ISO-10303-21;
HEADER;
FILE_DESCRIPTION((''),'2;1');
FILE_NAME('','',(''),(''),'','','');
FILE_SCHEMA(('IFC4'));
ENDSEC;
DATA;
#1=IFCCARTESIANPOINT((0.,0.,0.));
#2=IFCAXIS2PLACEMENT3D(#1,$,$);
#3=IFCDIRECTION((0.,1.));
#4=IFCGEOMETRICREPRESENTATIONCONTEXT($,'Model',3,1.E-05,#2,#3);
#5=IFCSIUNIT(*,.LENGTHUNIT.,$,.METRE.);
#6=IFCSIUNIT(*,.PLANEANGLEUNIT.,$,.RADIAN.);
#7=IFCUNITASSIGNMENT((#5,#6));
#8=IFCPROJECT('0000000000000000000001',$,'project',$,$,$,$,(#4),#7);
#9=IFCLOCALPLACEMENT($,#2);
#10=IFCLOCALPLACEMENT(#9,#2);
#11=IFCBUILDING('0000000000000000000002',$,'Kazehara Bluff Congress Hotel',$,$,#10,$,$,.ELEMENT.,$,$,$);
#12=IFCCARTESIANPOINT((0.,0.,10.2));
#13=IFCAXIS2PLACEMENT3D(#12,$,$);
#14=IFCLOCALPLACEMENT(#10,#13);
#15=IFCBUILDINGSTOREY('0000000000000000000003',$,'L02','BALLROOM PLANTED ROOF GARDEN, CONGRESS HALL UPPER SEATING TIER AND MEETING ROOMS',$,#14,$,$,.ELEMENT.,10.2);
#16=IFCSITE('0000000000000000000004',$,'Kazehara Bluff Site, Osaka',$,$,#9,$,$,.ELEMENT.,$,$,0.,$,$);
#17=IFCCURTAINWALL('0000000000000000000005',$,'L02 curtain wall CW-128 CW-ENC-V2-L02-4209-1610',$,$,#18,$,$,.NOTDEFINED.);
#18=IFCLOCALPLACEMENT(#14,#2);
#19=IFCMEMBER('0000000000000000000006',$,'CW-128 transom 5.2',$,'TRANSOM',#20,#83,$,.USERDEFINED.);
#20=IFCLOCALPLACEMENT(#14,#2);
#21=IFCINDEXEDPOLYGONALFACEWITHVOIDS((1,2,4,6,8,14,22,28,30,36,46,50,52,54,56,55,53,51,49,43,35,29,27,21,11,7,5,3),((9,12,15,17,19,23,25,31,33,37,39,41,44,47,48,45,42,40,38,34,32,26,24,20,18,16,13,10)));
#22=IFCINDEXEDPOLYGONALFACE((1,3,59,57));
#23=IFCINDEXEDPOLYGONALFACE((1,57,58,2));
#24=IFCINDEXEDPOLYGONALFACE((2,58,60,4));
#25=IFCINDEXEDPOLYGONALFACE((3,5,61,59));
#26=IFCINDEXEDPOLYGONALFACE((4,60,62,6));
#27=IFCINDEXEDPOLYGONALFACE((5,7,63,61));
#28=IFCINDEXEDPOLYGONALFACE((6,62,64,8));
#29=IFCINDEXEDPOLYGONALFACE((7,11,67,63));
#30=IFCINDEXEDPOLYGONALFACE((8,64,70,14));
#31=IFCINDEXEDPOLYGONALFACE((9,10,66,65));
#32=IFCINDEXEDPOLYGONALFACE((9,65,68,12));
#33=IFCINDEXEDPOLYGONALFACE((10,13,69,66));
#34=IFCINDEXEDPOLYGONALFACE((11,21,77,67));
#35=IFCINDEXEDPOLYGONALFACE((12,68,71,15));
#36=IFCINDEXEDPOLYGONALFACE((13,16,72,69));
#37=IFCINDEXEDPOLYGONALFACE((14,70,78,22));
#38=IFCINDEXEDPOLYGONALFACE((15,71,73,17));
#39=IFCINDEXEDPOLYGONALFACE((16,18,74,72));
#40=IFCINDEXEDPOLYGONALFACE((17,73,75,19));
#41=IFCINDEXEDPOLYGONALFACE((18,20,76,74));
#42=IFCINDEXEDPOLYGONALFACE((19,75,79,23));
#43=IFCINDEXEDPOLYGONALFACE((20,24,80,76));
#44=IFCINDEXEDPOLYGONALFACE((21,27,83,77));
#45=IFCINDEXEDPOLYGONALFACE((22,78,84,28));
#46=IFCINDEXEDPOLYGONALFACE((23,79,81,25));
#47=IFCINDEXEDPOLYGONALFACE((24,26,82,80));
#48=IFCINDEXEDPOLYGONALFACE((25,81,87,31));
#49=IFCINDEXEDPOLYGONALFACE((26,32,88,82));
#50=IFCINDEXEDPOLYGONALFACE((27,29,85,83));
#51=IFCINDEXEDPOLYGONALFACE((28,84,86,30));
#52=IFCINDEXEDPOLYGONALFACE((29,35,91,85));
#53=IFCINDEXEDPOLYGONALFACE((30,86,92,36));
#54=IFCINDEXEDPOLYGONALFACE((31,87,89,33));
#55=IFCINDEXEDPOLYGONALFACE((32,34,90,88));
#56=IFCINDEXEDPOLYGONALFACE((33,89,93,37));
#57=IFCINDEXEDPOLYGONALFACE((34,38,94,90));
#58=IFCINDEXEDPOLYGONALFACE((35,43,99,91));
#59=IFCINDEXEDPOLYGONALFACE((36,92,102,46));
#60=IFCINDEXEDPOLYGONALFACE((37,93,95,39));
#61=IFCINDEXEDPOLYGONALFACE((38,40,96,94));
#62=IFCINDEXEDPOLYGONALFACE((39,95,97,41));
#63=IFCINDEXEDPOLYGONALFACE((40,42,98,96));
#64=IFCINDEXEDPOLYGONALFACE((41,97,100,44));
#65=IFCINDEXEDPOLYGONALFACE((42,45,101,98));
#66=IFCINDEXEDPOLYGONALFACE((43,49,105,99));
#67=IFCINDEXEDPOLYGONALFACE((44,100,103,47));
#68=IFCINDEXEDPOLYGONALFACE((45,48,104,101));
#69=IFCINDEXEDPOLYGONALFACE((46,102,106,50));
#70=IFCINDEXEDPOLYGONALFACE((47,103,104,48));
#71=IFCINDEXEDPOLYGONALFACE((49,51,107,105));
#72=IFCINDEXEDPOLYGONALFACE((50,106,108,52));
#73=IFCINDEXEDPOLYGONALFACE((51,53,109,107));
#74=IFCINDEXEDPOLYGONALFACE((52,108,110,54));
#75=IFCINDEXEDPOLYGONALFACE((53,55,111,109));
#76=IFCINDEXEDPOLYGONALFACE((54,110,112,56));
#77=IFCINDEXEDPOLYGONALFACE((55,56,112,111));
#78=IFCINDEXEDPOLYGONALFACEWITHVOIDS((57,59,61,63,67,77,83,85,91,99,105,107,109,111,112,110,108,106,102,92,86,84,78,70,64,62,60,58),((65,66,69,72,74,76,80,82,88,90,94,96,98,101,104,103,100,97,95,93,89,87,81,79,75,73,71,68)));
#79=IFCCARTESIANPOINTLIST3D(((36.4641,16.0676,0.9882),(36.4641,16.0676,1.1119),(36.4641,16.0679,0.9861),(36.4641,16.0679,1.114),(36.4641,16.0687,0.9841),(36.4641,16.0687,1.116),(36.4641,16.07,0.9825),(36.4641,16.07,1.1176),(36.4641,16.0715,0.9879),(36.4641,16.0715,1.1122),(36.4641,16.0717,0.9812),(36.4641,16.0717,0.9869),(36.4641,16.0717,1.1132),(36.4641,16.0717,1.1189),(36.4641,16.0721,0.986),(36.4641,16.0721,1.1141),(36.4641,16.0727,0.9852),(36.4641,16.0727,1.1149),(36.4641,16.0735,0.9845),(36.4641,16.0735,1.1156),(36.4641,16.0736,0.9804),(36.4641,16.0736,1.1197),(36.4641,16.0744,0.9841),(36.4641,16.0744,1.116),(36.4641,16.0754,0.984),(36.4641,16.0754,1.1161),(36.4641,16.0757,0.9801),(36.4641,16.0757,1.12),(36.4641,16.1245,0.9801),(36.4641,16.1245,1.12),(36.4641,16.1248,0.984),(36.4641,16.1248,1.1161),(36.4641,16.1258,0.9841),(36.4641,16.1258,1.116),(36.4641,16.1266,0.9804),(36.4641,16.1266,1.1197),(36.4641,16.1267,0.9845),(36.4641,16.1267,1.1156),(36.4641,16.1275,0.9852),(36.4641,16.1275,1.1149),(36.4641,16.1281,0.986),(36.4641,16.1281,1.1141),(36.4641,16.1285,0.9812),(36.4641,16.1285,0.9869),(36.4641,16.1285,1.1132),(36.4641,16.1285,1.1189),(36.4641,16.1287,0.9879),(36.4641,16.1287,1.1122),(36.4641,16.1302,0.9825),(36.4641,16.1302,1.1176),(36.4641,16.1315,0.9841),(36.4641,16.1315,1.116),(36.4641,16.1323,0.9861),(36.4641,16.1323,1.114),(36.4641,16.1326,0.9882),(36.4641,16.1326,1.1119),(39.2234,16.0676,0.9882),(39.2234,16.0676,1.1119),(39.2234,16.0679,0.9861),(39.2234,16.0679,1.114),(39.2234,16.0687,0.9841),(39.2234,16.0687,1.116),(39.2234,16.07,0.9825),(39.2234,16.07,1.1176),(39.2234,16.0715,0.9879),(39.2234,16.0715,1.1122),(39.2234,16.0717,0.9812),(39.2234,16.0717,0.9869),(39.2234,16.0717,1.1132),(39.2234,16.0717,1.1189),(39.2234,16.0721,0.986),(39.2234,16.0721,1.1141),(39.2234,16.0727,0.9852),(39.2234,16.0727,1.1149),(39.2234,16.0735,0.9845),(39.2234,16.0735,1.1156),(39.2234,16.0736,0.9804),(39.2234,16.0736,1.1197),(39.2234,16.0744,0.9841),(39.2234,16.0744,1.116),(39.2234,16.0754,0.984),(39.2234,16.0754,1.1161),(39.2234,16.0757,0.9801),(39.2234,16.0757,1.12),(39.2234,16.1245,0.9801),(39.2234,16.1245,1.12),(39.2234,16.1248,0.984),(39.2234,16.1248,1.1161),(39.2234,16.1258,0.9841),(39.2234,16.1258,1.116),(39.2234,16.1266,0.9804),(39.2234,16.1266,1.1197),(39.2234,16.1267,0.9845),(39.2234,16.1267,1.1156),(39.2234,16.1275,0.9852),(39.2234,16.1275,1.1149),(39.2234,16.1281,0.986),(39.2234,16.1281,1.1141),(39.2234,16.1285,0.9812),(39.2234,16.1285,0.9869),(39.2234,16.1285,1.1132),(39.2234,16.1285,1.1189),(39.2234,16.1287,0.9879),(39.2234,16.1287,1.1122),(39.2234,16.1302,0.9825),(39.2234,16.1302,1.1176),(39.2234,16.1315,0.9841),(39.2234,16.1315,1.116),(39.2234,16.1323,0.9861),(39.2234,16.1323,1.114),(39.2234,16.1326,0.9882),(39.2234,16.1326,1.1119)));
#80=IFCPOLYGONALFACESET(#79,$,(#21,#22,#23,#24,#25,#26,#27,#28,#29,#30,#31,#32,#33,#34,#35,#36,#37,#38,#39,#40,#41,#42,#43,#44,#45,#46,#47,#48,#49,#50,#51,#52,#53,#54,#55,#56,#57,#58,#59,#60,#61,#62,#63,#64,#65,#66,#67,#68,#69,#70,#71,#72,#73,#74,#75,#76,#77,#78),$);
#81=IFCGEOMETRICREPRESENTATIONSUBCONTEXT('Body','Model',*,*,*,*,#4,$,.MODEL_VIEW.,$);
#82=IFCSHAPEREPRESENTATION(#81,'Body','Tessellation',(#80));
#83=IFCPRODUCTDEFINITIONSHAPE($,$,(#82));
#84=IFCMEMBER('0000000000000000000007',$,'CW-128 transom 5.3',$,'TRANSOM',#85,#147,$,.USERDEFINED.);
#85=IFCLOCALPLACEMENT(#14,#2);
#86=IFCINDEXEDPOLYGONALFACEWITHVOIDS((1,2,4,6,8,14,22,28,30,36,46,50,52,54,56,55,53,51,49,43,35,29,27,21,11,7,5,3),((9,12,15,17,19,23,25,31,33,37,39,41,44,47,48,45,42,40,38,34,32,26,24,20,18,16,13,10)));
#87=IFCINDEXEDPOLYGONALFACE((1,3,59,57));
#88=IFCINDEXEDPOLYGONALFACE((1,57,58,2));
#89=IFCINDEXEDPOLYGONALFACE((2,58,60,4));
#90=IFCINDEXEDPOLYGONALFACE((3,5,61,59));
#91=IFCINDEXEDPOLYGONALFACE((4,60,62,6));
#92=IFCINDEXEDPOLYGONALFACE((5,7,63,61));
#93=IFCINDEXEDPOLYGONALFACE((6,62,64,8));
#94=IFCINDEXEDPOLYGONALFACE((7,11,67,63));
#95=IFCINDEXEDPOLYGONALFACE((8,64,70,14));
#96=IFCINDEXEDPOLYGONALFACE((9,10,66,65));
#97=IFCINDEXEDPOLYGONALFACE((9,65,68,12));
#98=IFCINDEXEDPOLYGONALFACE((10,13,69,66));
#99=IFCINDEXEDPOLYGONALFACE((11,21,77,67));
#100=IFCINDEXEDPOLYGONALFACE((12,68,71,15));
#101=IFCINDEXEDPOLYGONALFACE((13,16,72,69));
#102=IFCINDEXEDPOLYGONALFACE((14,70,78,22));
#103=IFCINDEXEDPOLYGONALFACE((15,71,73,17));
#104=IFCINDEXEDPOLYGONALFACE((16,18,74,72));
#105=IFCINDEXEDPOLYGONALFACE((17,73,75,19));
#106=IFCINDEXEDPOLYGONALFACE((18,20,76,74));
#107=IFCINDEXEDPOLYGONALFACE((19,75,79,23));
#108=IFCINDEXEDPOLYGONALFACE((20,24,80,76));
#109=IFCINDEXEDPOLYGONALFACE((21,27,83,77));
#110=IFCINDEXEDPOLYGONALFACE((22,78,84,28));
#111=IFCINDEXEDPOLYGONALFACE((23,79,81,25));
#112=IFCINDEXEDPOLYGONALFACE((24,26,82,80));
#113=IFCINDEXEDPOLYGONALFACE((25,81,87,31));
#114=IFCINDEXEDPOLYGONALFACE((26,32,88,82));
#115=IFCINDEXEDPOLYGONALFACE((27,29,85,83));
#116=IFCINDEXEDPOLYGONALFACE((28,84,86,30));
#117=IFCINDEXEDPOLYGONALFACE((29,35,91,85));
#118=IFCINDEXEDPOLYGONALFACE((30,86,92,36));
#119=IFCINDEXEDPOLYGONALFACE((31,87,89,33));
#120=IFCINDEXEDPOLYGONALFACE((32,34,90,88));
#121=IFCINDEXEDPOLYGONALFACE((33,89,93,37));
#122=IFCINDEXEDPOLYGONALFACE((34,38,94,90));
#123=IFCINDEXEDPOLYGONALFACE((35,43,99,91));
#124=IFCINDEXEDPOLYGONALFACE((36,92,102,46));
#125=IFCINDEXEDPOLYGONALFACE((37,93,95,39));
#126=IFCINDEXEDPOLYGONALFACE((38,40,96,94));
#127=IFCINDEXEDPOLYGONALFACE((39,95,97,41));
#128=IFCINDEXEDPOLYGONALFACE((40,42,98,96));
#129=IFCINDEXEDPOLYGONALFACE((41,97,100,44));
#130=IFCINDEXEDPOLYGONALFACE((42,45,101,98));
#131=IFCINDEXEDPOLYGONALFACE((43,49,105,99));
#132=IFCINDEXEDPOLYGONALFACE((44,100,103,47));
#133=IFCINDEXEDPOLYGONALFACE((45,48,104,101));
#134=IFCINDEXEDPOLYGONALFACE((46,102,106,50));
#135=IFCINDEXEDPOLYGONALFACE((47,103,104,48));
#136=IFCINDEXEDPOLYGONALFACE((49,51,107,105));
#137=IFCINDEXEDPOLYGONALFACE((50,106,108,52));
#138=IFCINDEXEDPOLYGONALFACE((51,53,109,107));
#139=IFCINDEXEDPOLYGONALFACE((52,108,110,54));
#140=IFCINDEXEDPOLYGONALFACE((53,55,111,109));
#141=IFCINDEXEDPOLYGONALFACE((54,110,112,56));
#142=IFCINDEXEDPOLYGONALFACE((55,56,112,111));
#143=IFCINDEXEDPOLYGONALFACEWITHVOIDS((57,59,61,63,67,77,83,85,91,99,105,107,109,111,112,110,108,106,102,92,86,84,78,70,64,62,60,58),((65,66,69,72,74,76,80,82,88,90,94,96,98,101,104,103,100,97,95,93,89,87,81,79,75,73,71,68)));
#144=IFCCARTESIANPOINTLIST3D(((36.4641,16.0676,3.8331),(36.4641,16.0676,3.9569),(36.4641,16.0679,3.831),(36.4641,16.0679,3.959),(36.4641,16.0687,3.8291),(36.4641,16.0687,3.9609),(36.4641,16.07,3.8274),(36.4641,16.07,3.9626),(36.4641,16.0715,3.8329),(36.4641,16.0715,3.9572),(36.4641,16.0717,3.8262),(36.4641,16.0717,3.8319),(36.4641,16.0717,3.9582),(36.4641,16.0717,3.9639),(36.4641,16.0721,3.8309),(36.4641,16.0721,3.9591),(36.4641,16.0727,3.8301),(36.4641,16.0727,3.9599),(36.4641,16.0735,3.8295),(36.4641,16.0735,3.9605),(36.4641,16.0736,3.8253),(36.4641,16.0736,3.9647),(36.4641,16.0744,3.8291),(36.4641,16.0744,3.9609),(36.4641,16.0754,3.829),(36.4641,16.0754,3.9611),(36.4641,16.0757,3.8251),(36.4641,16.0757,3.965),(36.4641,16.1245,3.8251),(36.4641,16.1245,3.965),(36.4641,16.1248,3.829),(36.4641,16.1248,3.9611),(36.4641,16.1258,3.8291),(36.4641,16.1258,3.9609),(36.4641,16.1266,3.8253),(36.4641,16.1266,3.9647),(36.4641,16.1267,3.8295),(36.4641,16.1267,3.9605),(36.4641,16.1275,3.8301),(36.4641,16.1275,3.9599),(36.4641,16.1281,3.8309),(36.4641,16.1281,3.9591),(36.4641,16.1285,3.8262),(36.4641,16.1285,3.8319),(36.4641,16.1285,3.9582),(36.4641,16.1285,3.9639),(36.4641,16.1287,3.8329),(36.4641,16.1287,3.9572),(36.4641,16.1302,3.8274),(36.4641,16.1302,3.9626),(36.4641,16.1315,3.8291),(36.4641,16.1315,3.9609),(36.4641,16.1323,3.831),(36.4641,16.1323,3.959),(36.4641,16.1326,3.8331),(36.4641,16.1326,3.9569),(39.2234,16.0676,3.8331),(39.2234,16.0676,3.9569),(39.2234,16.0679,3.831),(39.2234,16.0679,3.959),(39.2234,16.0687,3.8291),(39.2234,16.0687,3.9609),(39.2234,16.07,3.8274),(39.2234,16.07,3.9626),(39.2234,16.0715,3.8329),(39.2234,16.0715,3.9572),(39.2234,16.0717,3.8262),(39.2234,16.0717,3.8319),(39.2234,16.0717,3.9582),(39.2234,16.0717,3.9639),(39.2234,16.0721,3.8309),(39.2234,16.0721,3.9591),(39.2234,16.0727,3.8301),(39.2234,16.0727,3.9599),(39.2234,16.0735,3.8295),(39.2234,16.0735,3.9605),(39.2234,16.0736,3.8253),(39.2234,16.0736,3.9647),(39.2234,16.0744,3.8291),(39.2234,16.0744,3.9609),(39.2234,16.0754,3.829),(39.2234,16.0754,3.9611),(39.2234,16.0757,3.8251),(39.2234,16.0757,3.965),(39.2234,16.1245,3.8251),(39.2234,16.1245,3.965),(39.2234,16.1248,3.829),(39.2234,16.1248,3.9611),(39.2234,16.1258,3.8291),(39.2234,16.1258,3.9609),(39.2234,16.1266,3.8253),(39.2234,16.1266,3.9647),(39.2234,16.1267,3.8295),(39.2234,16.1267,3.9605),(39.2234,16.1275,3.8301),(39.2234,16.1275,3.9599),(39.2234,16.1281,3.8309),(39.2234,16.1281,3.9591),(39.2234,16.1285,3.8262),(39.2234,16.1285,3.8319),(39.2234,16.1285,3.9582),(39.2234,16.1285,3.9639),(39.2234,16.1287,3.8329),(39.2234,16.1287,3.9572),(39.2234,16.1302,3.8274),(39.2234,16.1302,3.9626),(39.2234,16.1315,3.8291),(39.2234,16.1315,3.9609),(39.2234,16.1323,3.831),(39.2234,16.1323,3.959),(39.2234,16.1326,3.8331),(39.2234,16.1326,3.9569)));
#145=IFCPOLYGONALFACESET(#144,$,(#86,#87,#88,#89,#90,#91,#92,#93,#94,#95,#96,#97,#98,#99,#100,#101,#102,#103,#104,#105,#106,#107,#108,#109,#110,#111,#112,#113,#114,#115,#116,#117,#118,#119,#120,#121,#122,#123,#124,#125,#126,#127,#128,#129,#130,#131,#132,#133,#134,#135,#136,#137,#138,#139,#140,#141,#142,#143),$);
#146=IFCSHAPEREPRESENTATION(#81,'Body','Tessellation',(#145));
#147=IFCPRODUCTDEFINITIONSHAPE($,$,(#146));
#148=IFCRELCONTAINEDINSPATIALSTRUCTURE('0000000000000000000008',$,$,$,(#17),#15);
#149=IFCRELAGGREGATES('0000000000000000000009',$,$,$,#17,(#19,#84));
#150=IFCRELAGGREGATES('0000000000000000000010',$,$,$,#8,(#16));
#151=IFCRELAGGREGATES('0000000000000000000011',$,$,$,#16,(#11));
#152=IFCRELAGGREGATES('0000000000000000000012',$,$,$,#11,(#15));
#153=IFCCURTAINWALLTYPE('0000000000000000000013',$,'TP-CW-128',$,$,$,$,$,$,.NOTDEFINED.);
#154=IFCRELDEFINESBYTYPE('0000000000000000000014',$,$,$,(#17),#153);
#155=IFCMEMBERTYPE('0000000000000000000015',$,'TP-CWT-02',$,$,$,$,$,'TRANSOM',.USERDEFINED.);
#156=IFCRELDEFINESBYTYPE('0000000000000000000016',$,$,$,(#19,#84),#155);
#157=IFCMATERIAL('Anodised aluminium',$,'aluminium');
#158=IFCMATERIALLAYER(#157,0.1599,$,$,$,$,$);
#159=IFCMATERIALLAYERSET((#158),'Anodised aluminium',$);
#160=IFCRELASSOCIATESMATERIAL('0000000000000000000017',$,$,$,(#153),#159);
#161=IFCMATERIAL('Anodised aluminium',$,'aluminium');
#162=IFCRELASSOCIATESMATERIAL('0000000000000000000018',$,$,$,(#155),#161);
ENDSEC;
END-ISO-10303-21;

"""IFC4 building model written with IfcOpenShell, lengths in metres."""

from ifc_helpers import new_model, si_unit, direction, frame, origin, origin_2d, place, context, subcontext, project, spatial, hollow_rectangle, extrude, material, layer, layer_set, material_profile, profile_set, type_object, element, aggregate, save


model = new_model("IFC4")

# Units and contexts
model_context = context("Model", 3, precision=1e-05, world=origin(), true_north=direction((0.0, 1.0)))
body_context = subcontext(model_context, "Body", "Model", "MODEL_VIEW")
ifc_project = project(units=[si_unit("LENGTHUNIT", "METRE"), si_unit("PLANEANGLEUNIT", "RADIAN")], contexts=[model_context])

# Site, building, storey
site_placement = place(None, origin())
site = spatial("IfcSite", under=ifc_project, at=site_placement, Name="Kazehara Bluff Site, Osaka", CompositionType="ELEMENT", RefElevation=0.0)
building_placement = place(site_placement, origin())
building = spatial("IfcBuilding", under=site, at=building_placement, Name="Kazehara Bluff Congress Hotel", CompositionType="ELEMENT")
storey_placement = place(building_placement, frame((0.0, 0.0, 10.2)))
storey = spatial("IfcBuildingStorey", under=building, at=storey_placement, Name="L02", Description="BALLROOM PLANTED ROOF GARDEN, CONGRESS HALL UPPER SEATING TIER AND MEETING ROOMS", CompositionType="ELEMENT", Elevation=10.2)

# Curtain wall, members
ifc_material_1 = material(Name="Anodised aluminium", Category="aluminium")
ifc_layer_1 = layer(ifc_material_1, 0.1599)
ifc_layer_set_1 = layer_set([ifc_layer_1], Name="Anodised aluminium")
curtain_wall_type = type_object("IfcCurtainWallType", Name="TP-CW-128", PredefinedType="NOTDEFINED", material=ifc_layer_set_1)
curtain_wall_placement = place(storey_placement, origin())
curtain_wall = element("IfcCurtainWall", 1, at=curtain_wall_placement, inside=storey, type_object=curtain_wall_type, Name="L02 curtain wall CW-128 CW-ENC-V2-L02-4209-1610", PredefinedType="NOTDEFINED")
ifc_material_2 = material(Name="Anodised aluminium", Category="aluminium")
ifc_material_profile_1 = material_profile(ifc_material_2, hollow_rectangle(XDim=0.0649, YDim=0.1399, WallThickness=0.0039, InnerFilletRadius=0.0039, OuterFilletRadius=0.0081, at=origin_2d()))
ifc_profile_set_1 = profile_set([ifc_material_profile_1], Name="Anodised aluminium")
member_type_1 = type_object("IfcMemberType", Name="TP-CWT-02", ElementType="TRANSOM", PredefinedType="USERDEFINED", material=ifc_profile_set_1)
member_1_placement = place(storey_placement, frame((39.2234, 16.1001, 1.05), z_axis=(-1.0, 0.0, 0.0), x_axis=(0.0, -1.0, 0.0)))
member_1 = element("IfcMember", 2, at=member_1_placement, type_object=member_type_1, Name="CW-128 transom 5.2", ObjectType="TRANSOM", PredefinedType="USERDEFINED", context=body_context, shape_type="SweptSolid", body=[
    extrude(hollow_rectangle(XDim=0.0649, YDim=0.1399, WallThickness=0.0039, InnerFilletRadius=0.0039, OuterFilletRadius=0.0081, at=origin_2d()), origin(), (0.0, 0.0, 1.0), 2.7593),
])
member_2_placement = place(storey_placement, frame((39.2234, 16.1001, 3.895), z_axis=(-1.0, 0.0, 0.0), x_axis=(0.0, -1.0, 0.0)))
member_2 = element("IfcMember", 3, at=member_2_placement, type_object=member_type_1, Name="CW-128 transom 5.3", ObjectType="TRANSOM", PredefinedType="USERDEFINED", context=body_context, shape_type="SweptSolid", body=[
    extrude(hollow_rectangle(XDim=0.0649, YDim=0.1399, WallThickness=0.0039, InnerFilletRadius=0.0039, OuterFilletRadius=0.0081, at=origin_2d()), origin(), (0.0, 0.0, 1.0), 2.7593),
])
aggregate(curtain_wall, [member_1, member_2])

save(model, "model.ifc")
